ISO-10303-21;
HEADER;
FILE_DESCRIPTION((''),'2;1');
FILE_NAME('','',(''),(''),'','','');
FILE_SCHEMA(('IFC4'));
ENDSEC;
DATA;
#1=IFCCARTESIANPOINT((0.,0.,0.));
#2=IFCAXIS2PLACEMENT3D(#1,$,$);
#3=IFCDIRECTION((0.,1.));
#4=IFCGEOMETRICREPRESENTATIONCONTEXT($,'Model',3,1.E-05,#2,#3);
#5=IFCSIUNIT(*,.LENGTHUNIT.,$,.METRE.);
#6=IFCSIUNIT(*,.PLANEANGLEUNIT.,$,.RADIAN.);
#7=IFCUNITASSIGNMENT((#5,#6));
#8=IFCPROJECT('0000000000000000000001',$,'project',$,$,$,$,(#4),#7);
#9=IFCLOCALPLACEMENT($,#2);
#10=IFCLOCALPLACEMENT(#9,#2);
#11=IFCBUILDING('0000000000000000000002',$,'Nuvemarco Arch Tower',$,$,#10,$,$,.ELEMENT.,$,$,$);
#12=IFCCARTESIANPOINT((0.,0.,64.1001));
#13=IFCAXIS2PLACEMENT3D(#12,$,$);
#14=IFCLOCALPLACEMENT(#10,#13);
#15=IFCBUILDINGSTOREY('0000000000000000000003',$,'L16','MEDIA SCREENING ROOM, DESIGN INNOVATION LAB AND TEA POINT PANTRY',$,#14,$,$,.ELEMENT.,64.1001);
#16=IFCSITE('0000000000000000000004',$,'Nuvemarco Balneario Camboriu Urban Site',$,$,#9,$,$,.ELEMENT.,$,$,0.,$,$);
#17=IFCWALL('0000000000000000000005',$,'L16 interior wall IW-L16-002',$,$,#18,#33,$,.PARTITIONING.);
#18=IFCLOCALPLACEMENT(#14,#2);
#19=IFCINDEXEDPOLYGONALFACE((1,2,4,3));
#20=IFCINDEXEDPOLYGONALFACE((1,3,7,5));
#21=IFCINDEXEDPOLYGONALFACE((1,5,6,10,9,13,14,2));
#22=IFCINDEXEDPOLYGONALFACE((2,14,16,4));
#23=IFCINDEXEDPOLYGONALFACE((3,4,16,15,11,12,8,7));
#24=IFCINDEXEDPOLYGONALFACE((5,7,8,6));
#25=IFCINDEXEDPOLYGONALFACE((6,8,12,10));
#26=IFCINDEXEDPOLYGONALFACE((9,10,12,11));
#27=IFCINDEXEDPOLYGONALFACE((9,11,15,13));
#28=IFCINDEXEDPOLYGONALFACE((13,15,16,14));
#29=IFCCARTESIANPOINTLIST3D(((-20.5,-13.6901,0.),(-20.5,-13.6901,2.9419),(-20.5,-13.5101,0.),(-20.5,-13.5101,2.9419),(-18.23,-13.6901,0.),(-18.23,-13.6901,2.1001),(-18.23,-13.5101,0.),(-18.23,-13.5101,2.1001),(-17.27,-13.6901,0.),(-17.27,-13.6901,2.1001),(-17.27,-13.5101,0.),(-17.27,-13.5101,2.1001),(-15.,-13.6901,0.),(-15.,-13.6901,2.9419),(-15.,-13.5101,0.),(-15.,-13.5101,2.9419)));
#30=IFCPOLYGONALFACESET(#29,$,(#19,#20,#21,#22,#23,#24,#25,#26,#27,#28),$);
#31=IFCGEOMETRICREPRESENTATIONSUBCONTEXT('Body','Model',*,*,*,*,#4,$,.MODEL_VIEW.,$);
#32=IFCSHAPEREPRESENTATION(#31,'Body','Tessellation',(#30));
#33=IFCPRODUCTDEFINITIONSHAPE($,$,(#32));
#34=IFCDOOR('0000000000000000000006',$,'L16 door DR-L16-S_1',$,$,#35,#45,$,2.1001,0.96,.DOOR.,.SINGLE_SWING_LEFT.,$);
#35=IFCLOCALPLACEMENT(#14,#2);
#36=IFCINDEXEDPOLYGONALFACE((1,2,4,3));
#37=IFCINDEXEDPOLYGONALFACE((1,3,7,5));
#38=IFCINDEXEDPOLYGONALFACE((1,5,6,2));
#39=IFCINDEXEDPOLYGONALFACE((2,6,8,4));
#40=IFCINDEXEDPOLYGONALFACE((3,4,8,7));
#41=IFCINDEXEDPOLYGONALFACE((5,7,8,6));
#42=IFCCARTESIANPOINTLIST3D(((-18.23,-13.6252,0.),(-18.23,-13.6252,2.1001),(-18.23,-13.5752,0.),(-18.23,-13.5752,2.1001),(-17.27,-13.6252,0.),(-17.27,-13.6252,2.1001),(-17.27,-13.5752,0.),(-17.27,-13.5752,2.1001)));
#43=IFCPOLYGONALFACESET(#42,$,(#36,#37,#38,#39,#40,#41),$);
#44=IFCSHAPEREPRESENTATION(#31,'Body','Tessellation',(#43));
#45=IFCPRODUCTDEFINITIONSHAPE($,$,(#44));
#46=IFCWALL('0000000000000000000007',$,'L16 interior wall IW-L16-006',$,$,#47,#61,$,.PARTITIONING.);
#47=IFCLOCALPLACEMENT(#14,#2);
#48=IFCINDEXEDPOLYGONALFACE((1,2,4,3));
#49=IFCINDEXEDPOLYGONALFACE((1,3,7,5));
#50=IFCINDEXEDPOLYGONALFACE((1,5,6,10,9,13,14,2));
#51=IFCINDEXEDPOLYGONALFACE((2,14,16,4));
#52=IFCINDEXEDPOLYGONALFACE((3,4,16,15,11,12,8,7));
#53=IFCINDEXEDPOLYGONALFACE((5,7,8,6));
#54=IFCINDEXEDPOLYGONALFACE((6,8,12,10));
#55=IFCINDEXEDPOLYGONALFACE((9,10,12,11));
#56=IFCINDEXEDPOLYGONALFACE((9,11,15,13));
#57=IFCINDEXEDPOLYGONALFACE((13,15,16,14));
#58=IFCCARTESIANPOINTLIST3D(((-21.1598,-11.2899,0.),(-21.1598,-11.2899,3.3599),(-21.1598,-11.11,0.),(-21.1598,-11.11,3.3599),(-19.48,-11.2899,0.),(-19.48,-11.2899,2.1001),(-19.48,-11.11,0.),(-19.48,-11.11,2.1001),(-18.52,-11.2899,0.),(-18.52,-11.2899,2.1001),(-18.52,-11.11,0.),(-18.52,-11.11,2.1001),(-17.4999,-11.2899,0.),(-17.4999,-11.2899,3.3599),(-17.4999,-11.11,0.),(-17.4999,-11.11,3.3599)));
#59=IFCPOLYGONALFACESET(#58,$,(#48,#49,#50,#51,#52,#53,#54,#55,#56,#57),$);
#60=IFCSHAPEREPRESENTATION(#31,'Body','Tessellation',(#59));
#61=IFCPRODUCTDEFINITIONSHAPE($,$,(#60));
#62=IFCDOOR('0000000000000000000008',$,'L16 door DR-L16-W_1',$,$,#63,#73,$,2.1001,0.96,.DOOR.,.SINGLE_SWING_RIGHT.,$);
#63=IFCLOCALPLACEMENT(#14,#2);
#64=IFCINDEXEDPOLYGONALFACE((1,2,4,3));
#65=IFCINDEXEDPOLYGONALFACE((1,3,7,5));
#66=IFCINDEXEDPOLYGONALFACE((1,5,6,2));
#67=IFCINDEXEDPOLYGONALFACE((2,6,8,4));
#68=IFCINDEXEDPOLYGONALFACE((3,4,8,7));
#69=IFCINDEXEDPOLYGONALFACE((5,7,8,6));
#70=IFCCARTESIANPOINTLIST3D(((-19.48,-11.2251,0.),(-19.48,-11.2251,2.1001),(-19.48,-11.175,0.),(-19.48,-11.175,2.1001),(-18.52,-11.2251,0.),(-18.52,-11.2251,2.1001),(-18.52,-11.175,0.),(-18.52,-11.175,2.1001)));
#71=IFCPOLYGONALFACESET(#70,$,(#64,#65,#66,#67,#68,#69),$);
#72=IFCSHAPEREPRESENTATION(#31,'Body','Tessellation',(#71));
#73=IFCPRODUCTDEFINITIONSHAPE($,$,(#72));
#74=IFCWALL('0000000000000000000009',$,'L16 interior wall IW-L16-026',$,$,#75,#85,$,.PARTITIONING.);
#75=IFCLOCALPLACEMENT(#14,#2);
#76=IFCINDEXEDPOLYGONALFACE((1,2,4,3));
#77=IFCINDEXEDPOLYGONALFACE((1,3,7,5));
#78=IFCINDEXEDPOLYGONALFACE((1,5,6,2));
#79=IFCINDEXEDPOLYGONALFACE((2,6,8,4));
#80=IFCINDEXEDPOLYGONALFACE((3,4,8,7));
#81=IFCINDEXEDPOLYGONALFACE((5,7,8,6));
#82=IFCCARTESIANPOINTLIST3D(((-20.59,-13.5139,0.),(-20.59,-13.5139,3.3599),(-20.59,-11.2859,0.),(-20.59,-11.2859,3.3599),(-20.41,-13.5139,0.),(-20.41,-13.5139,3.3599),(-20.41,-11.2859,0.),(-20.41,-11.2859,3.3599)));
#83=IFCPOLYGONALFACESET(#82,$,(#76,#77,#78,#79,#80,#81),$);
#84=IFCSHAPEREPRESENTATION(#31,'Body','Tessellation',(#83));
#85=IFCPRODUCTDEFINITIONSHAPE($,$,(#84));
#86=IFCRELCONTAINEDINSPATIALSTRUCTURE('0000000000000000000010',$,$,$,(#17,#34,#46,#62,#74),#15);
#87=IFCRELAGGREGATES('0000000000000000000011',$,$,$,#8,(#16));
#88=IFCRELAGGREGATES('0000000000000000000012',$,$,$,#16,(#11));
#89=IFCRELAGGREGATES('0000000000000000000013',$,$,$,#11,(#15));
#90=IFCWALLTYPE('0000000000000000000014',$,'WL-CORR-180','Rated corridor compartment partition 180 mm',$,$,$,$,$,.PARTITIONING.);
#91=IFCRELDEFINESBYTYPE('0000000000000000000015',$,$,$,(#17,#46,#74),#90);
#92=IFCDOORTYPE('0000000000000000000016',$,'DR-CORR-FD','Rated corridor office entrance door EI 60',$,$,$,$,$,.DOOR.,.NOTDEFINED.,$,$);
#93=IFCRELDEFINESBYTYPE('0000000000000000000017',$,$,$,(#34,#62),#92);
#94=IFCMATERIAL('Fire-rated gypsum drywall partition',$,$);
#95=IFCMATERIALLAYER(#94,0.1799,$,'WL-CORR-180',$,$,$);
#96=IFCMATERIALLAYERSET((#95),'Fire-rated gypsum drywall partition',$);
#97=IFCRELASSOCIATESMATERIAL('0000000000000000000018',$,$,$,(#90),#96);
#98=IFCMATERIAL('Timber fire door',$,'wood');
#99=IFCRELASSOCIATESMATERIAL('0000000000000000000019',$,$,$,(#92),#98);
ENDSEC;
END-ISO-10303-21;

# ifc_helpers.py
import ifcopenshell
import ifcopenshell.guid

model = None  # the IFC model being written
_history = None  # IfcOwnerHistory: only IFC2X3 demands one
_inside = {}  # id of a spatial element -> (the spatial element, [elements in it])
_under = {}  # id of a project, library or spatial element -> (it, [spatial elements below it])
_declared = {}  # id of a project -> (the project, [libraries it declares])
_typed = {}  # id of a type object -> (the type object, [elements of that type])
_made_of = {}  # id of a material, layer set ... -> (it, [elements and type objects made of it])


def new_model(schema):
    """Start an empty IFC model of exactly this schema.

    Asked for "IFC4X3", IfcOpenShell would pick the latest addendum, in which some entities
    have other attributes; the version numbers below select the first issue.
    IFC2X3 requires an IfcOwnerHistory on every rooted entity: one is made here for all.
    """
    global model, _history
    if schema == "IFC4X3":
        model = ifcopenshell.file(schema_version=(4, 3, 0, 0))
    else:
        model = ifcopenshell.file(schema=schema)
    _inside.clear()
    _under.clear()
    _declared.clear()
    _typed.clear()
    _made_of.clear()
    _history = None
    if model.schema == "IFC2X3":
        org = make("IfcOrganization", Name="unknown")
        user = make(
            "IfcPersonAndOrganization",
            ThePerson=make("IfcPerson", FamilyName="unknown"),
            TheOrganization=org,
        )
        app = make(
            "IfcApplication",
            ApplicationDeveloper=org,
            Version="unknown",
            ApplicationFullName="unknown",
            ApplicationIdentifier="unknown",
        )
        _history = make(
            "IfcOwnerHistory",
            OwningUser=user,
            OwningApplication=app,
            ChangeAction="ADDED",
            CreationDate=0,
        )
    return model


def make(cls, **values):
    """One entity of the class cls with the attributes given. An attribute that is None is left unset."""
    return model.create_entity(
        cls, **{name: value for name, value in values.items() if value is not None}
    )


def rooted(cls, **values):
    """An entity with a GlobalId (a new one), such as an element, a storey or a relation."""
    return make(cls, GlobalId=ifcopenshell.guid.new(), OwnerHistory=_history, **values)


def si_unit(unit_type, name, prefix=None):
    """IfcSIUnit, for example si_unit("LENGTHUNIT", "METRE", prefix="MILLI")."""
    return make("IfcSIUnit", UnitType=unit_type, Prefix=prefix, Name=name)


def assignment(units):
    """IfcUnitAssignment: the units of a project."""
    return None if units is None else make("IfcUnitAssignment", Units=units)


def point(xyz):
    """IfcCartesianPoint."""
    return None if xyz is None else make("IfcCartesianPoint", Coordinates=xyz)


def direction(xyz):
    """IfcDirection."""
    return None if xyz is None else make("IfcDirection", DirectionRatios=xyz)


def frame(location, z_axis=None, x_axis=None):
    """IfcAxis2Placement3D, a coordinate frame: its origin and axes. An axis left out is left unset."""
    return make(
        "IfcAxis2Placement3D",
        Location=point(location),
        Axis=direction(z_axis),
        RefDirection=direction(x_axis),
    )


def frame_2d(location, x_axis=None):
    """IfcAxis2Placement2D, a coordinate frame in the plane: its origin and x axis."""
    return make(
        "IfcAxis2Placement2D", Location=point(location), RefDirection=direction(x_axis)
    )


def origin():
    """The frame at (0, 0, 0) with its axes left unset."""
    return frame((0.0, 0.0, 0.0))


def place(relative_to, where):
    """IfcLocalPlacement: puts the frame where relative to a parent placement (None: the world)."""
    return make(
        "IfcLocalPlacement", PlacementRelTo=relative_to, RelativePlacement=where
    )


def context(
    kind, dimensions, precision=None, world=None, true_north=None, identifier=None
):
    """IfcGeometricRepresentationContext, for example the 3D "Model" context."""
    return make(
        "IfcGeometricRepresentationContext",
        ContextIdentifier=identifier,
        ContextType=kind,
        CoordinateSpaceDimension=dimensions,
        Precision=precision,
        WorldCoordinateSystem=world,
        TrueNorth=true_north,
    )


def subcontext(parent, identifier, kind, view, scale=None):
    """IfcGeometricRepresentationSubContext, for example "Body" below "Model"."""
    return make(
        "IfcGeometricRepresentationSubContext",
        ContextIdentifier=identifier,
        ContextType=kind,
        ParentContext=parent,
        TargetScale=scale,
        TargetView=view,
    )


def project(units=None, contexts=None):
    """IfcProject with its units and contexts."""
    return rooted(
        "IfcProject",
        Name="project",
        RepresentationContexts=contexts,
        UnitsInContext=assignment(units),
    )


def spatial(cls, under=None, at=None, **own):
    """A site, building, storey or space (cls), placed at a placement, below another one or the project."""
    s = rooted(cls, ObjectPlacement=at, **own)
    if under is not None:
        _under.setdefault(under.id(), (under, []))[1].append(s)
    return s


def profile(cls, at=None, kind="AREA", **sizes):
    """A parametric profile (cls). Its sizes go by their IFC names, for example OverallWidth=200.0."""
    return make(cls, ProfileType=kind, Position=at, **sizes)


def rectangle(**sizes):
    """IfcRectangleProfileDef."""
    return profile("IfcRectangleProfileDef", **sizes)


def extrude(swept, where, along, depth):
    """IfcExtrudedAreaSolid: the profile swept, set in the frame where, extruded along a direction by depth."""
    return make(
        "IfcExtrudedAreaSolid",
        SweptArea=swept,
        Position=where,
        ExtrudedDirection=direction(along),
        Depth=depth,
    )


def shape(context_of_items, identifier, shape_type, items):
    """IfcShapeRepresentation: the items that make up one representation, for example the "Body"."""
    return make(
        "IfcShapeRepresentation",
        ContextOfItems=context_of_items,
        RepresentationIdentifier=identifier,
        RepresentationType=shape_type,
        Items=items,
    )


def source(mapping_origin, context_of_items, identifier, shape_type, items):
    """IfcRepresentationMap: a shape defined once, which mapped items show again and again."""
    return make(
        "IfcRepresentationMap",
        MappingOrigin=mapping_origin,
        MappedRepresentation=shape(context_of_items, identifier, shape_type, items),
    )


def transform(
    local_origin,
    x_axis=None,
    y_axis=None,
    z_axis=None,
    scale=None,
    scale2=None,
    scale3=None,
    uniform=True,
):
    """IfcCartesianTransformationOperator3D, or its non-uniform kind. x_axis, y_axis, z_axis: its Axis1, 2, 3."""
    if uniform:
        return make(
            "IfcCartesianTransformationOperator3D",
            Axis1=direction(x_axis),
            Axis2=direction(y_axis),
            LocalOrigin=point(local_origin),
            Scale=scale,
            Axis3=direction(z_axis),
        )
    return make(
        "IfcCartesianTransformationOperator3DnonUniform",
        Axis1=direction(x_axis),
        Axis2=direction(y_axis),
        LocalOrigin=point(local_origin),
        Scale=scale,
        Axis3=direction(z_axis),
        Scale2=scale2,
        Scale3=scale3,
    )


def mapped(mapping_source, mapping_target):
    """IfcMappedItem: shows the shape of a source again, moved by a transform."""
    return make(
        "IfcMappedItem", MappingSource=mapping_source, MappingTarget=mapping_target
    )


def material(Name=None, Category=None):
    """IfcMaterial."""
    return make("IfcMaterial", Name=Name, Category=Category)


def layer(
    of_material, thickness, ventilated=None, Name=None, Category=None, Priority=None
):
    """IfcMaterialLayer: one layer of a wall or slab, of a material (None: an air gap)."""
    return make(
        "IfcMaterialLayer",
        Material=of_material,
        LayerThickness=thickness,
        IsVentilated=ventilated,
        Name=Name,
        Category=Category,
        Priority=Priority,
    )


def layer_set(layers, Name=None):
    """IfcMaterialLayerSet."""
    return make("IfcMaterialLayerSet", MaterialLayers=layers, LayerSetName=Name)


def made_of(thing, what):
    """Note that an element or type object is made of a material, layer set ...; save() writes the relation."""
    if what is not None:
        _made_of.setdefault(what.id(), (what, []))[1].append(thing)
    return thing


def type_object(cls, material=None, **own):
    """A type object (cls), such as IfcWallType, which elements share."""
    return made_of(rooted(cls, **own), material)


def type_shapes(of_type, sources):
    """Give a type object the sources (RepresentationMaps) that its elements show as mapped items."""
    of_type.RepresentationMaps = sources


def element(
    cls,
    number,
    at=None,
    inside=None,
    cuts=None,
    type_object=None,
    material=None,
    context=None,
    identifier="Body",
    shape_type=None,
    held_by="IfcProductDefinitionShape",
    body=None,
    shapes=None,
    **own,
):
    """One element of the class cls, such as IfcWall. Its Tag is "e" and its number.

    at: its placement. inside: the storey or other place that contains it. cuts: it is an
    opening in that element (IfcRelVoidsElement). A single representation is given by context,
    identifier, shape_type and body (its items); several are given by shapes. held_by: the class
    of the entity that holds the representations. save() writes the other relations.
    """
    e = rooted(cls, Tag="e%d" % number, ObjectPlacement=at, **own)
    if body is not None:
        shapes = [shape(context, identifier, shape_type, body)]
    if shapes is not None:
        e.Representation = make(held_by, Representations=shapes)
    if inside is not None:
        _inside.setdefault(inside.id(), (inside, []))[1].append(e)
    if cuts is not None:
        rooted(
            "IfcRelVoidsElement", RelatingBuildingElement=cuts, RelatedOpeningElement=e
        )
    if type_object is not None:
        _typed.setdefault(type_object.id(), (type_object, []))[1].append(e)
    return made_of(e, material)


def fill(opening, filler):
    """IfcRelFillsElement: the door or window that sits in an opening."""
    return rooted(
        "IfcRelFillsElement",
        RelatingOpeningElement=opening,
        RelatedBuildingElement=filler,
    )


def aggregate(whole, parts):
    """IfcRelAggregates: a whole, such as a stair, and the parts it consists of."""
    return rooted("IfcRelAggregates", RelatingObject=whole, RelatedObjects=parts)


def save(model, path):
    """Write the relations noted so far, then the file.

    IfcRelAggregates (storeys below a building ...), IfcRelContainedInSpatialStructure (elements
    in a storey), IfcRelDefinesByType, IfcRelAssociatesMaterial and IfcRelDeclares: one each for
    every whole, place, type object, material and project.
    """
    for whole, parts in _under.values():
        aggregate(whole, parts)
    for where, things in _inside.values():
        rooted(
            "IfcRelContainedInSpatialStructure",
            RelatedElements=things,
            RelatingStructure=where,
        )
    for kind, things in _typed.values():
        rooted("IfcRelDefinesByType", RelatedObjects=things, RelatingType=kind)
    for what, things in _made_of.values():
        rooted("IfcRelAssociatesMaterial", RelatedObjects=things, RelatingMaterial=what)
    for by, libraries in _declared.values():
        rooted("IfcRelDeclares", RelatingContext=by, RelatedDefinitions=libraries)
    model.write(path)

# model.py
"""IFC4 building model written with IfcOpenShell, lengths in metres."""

from ifc_helpers import new_model, si_unit, direction, frame, frame_2d, origin, place, context, subcontext, project, spatial, rectangle, extrude, source, transform, mapped, material, layer, layer_set, type_object, type_shapes, element, fill, save


model = new_model("IFC4")

# Units and contexts
model_context = context("Model", 3, precision=1e-05, world=origin(), true_north=direction((0.0, 1.0)))
body_context = subcontext(model_context, "Body", "Model", "MODEL_VIEW")
ifc_project = project(units=[si_unit("LENGTHUNIT", "METRE"), si_unit("PLANEANGLEUNIT", "RADIAN")], contexts=[model_context])

# Site, building, storey
site_placement = place(None, origin())
site = spatial("IfcSite", under=ifc_project, at=site_placement, Name="Nuvemarco Balneario Camboriu Urban Site", CompositionType="ELEMENT", RefElevation=0.0)
building_placement = place(site_placement, origin())
building = spatial("IfcBuilding", under=site, at=building_placement, Name="Nuvemarco Arch Tower", CompositionType="ELEMENT")
storey_placement = place(building_placement, frame((0.0, 0.0, 64.1001)))
storey = spatial("IfcBuildingStorey", under=building, at=storey_placement, Name="L16", Description="MEDIA SCREENING ROOM, DESIGN INNOVATION LAB AND TEA POINT PANTRY", CompositionType="ELEMENT", Elevation=64.1001)

# Walls, openings, doors
ifc_material_1 = material(Name="Fire-rated gypsum drywall partition")
ifc_layer = layer(ifc_material_1, 0.1799, Name="WL-CORR-180")
ifc_layer_set = layer_set([ifc_layer], Name="Fire-rated gypsum drywall partition")
wall_type = type_object("IfcWallType", Name="WL-CORR-180", Description="Rated corridor compartment partition 180 mm", PredefinedType="PARTITIONING", material=ifc_layer_set)
wall_1_placement = place(storey_placement, frame((-20.5, -13.6001, 0.0), z_axis=(0.0, 0.0, 1.0), x_axis=(1.0, 0.0, 0.0)))
wall_1 = element("IfcWall", 1, at=wall_1_placement, inside=storey, type_object=wall_type, Name="L16 interior wall IW-L16-002", PredefinedType="PARTITIONING", context=body_context, shape_type="SweptSolid", body=[
    extrude(rectangle(XDim=5.5, YDim=0.1799, at=frame_2d((2.75, 0.0))), origin(), (0.0, 0.0, 1.0), 2.9419),
])
opening_1_placement = place(wall_1_placement, frame((2.27, 0.0, 0.0)))
opening_1 = element("IfcOpeningElement", 2, at=opening_1_placement, cuts=wall_1, PredefinedType="OPENING", context=body_context, shape_type="SweptSolid", body=[
    extrude(rectangle(XDim=0.96, YDim=2.1001, at=frame_2d((0.48, 1.05))), frame((0.0, 0.0999, 0.0), z_axis=(0.0, -1.0, 0.0), x_axis=(1.0, 0.0, 0.0)), (0.0, 0.0, 1.0), 0.2),
])
ifc_material_2 = material(Name="Timber fire door", Category="wood")
door_type = type_object("IfcDoorType", Name="DR-CORR-FD", Description="Rated corridor office entrance door EI 60", OperationType="NOTDEFINED", PredefinedType="DOOR", material=ifc_material_2)
shared_shape = source(origin(), body_context, "Body", "SweptSolid", [
    extrude(rectangle(XDim=0.96, YDim=2.1001, at=frame_2d((0.48, 1.05))), frame((0.0, 0.0249, 0.0), z_axis=(0.0, -1.0, 0.0), x_axis=(1.0, 0.0, 0.0)), (0.0, 0.0, 1.0), 0.05),
])
type_shapes(door_type, [shared_shape])
door_1_placement = place(opening_1_placement, origin())
door_1 = element("IfcDoor", 3, at=door_1_placement, inside=storey, type_object=door_type, Name="L16 door DR-L16-S_1", OperationType="SINGLE_SWING_LEFT", OverallHeight=2.1001, OverallWidth=0.96, PredefinedType="DOOR", context=body_context, shape_type="MappedRepresentation", body=[
    mapped(shared_shape, transform((0.0, 0.0, 0.0), scale=1.0)),
])
fill(opening_1, door_1)
wall_2_placement = place(storey_placement, frame((-21.1599, -11.2, 0.0), z_axis=(0.0, 0.0, 1.0), x_axis=(1.0, 0.0, 0.0)))
wall_2 = element("IfcWall", 4, at=wall_2_placement, inside=storey, type_object=wall_type, Name="L16 interior wall IW-L16-006", PredefinedType="PARTITIONING", context=body_context, shape_type="SweptSolid", body=[
    extrude(rectangle(XDim=3.6599, YDim=0.1799, at=frame_2d((1.8301, 0.0))), origin(), (0.0, 0.0, 1.0), 3.3599),
])
opening_2_placement = place(wall_2_placement, frame((1.6799, 0.0, 0.0)))
opening_2 = element("IfcOpeningElement", 5, at=opening_2_placement, cuts=wall_2, PredefinedType="OPENING", context=body_context, shape_type="SweptSolid", body=[
    extrude(rectangle(XDim=0.96, YDim=2.1001, at=frame_2d((0.48, 1.05))), frame((0.0, 0.0999, 0.0), z_axis=(0.0, -1.0, 0.0), x_axis=(1.0, 0.0, 0.0)), (0.0, 0.0, 1.0), 0.2),
])
door_2_placement = place(opening_2_placement, origin())
door_2 = element("IfcDoor", 6, at=door_2_placement, inside=storey, type_object=door_type, Name="L16 door DR-L16-W_1", OperationType="SINGLE_SWING_RIGHT", OverallHeight=2.1001, OverallWidth=0.96, PredefinedType="DOOR", context=body_context, shape_type="MappedRepresentation", body=[
    mapped(shared_shape, transform((0.0, 0.0, 0.0), scale=1.0)),
])
fill(opening_2, door_2)

# Wall
wall_3_placement = place(storey_placement, frame((-20.5, -13.5139, 0.0), z_axis=(0.0, 0.0, 1.0), x_axis=(0.0, 1.0, 0.0)))
element("IfcWall", 7, at=wall_3_placement, inside=storey, type_object=wall_type, Name="L16 interior wall IW-L16-026", PredefinedType="PARTITIONING", context=body_context, shape_type="SweptSolid", body=[
    extrude(rectangle(XDim=2.228, YDim=0.1799, at=frame_2d((1.114, 0.0))), origin(), (0.0, 0.0, 1.0), 3.3599),
])

save(model, "model.ifc")
